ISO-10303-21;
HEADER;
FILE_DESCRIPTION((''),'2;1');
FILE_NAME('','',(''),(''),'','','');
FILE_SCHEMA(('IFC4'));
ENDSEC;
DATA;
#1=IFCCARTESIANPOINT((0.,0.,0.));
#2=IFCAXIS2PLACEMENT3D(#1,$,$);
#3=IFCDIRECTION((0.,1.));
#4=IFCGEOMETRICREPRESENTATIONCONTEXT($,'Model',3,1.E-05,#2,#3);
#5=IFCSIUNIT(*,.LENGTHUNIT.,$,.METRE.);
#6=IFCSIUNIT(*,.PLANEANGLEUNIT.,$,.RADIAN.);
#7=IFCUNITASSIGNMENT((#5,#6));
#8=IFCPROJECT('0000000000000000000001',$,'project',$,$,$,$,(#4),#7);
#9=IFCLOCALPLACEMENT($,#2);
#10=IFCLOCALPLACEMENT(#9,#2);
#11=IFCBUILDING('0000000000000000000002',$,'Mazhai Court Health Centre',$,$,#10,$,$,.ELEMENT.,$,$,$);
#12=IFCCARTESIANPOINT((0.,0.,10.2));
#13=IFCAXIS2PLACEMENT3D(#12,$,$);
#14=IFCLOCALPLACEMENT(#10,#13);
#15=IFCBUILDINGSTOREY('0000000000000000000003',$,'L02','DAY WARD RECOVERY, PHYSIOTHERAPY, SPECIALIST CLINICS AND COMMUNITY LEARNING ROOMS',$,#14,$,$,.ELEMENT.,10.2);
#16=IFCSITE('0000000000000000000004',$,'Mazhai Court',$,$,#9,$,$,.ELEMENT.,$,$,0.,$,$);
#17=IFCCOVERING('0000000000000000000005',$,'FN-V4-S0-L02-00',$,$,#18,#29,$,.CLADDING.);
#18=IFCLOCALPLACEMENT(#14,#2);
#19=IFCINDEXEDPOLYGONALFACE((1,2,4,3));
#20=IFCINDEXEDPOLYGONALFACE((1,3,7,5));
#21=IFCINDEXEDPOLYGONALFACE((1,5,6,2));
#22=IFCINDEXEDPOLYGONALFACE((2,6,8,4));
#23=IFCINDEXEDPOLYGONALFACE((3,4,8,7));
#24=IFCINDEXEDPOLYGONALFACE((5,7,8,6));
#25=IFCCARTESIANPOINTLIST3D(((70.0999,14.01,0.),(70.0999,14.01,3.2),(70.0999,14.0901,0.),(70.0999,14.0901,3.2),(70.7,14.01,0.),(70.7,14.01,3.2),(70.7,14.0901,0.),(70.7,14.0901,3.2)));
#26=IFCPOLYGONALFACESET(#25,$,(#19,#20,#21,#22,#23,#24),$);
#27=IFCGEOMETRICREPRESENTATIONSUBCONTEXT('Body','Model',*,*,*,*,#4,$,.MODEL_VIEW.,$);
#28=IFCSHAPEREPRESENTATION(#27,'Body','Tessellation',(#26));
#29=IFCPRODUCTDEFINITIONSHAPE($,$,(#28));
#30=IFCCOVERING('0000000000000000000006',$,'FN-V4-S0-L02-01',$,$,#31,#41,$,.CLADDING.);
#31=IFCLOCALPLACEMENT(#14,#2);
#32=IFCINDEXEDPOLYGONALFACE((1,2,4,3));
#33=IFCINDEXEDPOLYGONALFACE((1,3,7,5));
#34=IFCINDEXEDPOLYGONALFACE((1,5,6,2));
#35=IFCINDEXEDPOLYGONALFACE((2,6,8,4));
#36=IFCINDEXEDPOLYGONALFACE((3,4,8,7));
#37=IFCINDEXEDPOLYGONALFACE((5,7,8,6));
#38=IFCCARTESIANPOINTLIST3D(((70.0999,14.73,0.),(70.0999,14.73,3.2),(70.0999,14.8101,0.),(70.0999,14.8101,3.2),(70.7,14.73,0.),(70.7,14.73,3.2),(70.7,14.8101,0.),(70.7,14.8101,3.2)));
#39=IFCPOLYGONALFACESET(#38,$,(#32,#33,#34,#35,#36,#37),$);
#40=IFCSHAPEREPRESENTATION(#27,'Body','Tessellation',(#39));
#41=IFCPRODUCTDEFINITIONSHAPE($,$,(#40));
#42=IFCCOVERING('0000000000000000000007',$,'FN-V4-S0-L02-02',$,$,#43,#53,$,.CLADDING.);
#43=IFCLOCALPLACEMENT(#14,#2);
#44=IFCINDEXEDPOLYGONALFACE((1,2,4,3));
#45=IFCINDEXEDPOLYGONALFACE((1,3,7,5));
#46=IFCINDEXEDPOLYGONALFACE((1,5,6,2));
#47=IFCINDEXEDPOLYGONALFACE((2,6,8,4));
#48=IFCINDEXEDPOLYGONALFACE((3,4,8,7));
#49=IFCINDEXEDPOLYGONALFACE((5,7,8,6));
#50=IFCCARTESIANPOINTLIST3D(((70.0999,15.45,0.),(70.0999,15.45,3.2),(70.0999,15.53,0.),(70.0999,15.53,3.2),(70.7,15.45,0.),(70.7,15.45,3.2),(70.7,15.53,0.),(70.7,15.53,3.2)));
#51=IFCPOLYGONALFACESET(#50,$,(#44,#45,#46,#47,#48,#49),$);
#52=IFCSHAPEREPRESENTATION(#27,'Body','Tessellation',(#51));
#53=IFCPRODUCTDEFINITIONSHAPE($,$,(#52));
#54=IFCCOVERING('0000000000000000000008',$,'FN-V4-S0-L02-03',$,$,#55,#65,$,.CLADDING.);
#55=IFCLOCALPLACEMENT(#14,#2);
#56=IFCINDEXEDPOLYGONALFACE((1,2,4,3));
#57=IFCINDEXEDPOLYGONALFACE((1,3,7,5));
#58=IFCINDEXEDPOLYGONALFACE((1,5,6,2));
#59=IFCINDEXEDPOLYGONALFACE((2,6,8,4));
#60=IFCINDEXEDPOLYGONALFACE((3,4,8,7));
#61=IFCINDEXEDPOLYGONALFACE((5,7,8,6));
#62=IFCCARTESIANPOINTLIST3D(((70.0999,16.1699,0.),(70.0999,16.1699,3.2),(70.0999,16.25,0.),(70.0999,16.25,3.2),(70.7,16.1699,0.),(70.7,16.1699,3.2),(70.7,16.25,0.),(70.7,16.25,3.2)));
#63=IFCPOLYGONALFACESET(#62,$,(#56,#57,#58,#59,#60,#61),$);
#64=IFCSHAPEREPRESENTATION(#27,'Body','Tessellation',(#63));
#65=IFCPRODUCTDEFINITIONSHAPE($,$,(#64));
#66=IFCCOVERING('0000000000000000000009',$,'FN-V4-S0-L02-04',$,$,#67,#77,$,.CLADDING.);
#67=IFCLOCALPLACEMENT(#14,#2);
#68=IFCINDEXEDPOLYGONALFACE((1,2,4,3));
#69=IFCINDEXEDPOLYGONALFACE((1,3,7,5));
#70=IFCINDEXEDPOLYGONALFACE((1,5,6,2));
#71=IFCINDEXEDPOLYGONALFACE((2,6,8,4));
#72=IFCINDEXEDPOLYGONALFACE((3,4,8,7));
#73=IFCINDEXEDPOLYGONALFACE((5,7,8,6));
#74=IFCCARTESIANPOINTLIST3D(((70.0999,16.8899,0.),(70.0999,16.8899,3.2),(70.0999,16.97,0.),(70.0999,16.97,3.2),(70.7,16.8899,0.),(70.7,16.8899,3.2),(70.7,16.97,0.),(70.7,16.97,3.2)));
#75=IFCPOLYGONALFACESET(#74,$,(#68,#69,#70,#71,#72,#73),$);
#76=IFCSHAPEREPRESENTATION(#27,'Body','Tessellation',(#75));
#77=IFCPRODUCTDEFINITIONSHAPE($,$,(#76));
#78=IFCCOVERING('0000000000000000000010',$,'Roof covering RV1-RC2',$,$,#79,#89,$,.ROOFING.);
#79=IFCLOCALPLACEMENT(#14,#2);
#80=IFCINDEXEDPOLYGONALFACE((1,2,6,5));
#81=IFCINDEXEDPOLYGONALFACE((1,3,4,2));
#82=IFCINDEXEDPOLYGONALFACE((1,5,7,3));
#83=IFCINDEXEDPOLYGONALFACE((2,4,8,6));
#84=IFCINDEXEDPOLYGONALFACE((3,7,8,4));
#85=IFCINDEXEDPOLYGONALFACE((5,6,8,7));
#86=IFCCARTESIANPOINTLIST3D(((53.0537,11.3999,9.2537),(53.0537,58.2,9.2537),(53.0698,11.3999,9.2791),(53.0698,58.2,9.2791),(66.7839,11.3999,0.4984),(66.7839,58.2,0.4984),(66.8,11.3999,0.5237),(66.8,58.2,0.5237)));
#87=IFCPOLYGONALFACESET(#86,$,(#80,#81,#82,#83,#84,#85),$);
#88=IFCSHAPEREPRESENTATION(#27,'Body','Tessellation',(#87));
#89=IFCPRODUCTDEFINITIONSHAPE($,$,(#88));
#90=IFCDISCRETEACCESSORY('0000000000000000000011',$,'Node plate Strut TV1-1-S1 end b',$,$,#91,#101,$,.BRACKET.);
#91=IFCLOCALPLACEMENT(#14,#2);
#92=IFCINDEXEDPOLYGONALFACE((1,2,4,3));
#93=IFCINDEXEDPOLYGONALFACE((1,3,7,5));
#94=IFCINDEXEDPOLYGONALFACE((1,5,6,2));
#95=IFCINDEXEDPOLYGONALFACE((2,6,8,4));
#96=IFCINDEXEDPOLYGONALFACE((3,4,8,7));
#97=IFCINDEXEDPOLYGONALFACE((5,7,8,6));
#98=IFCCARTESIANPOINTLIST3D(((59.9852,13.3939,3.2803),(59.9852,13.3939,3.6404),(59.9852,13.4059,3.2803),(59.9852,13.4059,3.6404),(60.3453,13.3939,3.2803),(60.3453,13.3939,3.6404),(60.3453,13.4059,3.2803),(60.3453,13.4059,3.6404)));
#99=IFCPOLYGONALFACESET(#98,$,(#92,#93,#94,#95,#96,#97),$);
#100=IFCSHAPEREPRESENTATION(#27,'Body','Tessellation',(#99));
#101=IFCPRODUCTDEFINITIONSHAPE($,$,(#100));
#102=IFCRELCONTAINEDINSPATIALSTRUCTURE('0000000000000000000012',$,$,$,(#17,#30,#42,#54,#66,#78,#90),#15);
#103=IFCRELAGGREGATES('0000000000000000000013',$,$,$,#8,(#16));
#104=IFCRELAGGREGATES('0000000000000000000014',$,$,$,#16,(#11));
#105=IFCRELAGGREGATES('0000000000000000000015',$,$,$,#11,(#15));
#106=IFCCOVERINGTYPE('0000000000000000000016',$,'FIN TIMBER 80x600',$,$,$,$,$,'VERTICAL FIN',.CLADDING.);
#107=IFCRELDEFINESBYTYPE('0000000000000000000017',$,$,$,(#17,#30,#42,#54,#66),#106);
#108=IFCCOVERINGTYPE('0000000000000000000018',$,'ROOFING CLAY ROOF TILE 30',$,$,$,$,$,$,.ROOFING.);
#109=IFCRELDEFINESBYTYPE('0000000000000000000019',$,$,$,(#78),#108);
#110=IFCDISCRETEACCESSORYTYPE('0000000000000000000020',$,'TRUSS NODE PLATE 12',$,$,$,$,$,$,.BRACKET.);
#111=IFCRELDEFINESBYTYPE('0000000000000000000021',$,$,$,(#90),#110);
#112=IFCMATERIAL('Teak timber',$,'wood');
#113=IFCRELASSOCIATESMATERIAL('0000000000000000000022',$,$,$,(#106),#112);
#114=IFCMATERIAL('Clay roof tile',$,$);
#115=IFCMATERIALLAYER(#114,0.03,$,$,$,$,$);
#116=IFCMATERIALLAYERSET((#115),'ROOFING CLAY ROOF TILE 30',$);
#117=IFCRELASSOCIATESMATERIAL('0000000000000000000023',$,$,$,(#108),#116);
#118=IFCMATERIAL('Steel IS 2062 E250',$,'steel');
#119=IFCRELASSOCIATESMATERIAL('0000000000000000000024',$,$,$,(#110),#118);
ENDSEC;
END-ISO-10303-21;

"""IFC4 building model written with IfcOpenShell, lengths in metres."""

from ifc_helpers import new_model, si_unit, direction, frame, origin, origin_2d, place, context, subcontext, project, spatial, polyline, rectangle, outline, extrude, material, layer, layer_set, type_object, element, save


model = new_model("IFC4")

# Units and contexts
model_context = context("Model", 3, precision=1e-05, world=origin(), true_north=direction((0.0, 1.0)))
body_context = subcontext(model_context, "Body", "Model", "MODEL_VIEW")
ifc_project = project(units=[si_unit("LENGTHUNIT", "METRE"), si_unit("PLANEANGLEUNIT", "RADIAN")], contexts=[model_context])

# Site, building, storey
site_placement = place(None, origin())
site = spatial("IfcSite", under=ifc_project, at=site_placement, Name="Mazhai Court", CompositionType="ELEMENT", RefElevation=0.0)
building_placement = place(site_placement, origin())
building = spatial("IfcBuilding", under=site, at=building_placement, Name="Mazhai Court Health Centre", CompositionType="ELEMENT")
storey_placement = place(building_placement, frame((0.0, 0.0, 10.2)))
storey = spatial("IfcBuildingStorey", under=building, at=storey_placement, Name="L02", Description="DAY WARD RECOVERY, PHYSIOTHERAPY, SPECIALIST CLINICS AND COMMUNITY LEARNING ROOMS", CompositionType="ELEMENT", Elevation=10.2)

# Coverings
ifc_material_1 = material(Name="Teak timber", Category="wood")
covering_type_1 = type_object("IfcCoveringType", Name="FIN TIMBER 80x600", ElementType="VERTICAL FIN", PredefinedType="CLADDING", material=ifc_material_1)
for number, where, z_axis, x_axis, name in (
    (1, (70.3999, 14.05, 0.0), (0.0, 0.0, 1.0), (0.0, 1.0, 0.0), "FN-V4-S0-L02-00"),
    (2, (70.3999, 14.77, 0.0), (0.0, 0.0, 1.0), (0.0, 1.0, 0.0), "FN-V4-S0-L02-01"),
    (3, (70.3999, 15.49, 0.0), (0.0, 0.0, 1.0), (0.0, 1.0, 0.0), "FN-V4-S0-L02-02"),
    (4, (70.3999, 16.21, 0.0), (0.0, 0.0, 1.0), (0.0, 1.0, 0.0), "FN-V4-S0-L02-03"),
    (5, (70.3999, 16.9299, 0.0), (0.0, 0.0, 1.0), (0.0, 1.0, 0.0), "FN-V4-S0-L02-04"),
):
    element("IfcCovering", number, at=place(storey_placement, frame(where, z_axis=z_axis, x_axis=x_axis)), inside=storey, type_object=covering_type_1, Name=name, PredefinedType="CLADDING", context=body_context, shape_type="SweptSolid", body=[
        extrude(rectangle(XDim=0.0801, YDim=0.6001, at=origin_2d()), origin(), (0.0, 0.0, 1.0), 3.2),
    ])
ifc_material_2 = material(Name="Clay roof tile")
ifc_layer_1 = layer(ifc_material_2, 0.03)
ifc_layer_set_1 = layer_set([ifc_layer_1], Name="ROOFING CLAY ROOF TILE 30")
covering_type_2 = type_object("IfcCoveringType", Name="ROOFING CLAY ROOF TILE 30", PredefinedType="ROOFING", material=ifc_layer_set_1)
covering_placement = place(storey_placement, frame((66.8, 11.3999, 0.5237), z_axis=(0.53766, 0.0, 0.843162), x_axis=(0.0, 1.0, 0.0)))
element("IfcCovering", 6, at=covering_placement, inside=storey, type_object=covering_type_2, Name="Roof covering RV1-RC2", PredefinedType="ROOFING", context=body_context, shape_type="SweptSolid", body=[
    extrude(outline(polyline([(0.0, 0.0), (46.8, 0.0), (46.8, 16.2842), (0.0, 16.2842), (0.0, 0.0)])), origin(), (0.0, 0.0, -1.0), 0.03),
])

# Discrete accessory
ifc_material_3 = material(Name="Steel IS 2062 E250", Category="steel")
discrete_accessory_type = type_object("IfcDiscreteAccessoryType", Name="TRUSS NODE PLATE 12", PredefinedType="BRACKET", material=ifc_material_3)
discrete_accessory_placement = place(storey_placement, frame((60.1653, 13.3999, 3.2803), z_axis=(0.0, 0.0, 1.0), x_axis=(1.0, 0.0, 0.0)))
element("IfcDiscreteAccessory", 7, at=discrete_accessory_placement, inside=storey, type_object=discrete_accessory_type, Name="Node plate Strut TV1-1-S1 end b", PredefinedType="BRACKET", context=body_context, shape_type="SweptSolid", body=[
    extrude(rectangle(XDim=0.3601, YDim=0.012, at=origin_2d()), origin(), (0.0, 0.0, 1.0), 0.3601),
])

save(model, "model.ifc")
